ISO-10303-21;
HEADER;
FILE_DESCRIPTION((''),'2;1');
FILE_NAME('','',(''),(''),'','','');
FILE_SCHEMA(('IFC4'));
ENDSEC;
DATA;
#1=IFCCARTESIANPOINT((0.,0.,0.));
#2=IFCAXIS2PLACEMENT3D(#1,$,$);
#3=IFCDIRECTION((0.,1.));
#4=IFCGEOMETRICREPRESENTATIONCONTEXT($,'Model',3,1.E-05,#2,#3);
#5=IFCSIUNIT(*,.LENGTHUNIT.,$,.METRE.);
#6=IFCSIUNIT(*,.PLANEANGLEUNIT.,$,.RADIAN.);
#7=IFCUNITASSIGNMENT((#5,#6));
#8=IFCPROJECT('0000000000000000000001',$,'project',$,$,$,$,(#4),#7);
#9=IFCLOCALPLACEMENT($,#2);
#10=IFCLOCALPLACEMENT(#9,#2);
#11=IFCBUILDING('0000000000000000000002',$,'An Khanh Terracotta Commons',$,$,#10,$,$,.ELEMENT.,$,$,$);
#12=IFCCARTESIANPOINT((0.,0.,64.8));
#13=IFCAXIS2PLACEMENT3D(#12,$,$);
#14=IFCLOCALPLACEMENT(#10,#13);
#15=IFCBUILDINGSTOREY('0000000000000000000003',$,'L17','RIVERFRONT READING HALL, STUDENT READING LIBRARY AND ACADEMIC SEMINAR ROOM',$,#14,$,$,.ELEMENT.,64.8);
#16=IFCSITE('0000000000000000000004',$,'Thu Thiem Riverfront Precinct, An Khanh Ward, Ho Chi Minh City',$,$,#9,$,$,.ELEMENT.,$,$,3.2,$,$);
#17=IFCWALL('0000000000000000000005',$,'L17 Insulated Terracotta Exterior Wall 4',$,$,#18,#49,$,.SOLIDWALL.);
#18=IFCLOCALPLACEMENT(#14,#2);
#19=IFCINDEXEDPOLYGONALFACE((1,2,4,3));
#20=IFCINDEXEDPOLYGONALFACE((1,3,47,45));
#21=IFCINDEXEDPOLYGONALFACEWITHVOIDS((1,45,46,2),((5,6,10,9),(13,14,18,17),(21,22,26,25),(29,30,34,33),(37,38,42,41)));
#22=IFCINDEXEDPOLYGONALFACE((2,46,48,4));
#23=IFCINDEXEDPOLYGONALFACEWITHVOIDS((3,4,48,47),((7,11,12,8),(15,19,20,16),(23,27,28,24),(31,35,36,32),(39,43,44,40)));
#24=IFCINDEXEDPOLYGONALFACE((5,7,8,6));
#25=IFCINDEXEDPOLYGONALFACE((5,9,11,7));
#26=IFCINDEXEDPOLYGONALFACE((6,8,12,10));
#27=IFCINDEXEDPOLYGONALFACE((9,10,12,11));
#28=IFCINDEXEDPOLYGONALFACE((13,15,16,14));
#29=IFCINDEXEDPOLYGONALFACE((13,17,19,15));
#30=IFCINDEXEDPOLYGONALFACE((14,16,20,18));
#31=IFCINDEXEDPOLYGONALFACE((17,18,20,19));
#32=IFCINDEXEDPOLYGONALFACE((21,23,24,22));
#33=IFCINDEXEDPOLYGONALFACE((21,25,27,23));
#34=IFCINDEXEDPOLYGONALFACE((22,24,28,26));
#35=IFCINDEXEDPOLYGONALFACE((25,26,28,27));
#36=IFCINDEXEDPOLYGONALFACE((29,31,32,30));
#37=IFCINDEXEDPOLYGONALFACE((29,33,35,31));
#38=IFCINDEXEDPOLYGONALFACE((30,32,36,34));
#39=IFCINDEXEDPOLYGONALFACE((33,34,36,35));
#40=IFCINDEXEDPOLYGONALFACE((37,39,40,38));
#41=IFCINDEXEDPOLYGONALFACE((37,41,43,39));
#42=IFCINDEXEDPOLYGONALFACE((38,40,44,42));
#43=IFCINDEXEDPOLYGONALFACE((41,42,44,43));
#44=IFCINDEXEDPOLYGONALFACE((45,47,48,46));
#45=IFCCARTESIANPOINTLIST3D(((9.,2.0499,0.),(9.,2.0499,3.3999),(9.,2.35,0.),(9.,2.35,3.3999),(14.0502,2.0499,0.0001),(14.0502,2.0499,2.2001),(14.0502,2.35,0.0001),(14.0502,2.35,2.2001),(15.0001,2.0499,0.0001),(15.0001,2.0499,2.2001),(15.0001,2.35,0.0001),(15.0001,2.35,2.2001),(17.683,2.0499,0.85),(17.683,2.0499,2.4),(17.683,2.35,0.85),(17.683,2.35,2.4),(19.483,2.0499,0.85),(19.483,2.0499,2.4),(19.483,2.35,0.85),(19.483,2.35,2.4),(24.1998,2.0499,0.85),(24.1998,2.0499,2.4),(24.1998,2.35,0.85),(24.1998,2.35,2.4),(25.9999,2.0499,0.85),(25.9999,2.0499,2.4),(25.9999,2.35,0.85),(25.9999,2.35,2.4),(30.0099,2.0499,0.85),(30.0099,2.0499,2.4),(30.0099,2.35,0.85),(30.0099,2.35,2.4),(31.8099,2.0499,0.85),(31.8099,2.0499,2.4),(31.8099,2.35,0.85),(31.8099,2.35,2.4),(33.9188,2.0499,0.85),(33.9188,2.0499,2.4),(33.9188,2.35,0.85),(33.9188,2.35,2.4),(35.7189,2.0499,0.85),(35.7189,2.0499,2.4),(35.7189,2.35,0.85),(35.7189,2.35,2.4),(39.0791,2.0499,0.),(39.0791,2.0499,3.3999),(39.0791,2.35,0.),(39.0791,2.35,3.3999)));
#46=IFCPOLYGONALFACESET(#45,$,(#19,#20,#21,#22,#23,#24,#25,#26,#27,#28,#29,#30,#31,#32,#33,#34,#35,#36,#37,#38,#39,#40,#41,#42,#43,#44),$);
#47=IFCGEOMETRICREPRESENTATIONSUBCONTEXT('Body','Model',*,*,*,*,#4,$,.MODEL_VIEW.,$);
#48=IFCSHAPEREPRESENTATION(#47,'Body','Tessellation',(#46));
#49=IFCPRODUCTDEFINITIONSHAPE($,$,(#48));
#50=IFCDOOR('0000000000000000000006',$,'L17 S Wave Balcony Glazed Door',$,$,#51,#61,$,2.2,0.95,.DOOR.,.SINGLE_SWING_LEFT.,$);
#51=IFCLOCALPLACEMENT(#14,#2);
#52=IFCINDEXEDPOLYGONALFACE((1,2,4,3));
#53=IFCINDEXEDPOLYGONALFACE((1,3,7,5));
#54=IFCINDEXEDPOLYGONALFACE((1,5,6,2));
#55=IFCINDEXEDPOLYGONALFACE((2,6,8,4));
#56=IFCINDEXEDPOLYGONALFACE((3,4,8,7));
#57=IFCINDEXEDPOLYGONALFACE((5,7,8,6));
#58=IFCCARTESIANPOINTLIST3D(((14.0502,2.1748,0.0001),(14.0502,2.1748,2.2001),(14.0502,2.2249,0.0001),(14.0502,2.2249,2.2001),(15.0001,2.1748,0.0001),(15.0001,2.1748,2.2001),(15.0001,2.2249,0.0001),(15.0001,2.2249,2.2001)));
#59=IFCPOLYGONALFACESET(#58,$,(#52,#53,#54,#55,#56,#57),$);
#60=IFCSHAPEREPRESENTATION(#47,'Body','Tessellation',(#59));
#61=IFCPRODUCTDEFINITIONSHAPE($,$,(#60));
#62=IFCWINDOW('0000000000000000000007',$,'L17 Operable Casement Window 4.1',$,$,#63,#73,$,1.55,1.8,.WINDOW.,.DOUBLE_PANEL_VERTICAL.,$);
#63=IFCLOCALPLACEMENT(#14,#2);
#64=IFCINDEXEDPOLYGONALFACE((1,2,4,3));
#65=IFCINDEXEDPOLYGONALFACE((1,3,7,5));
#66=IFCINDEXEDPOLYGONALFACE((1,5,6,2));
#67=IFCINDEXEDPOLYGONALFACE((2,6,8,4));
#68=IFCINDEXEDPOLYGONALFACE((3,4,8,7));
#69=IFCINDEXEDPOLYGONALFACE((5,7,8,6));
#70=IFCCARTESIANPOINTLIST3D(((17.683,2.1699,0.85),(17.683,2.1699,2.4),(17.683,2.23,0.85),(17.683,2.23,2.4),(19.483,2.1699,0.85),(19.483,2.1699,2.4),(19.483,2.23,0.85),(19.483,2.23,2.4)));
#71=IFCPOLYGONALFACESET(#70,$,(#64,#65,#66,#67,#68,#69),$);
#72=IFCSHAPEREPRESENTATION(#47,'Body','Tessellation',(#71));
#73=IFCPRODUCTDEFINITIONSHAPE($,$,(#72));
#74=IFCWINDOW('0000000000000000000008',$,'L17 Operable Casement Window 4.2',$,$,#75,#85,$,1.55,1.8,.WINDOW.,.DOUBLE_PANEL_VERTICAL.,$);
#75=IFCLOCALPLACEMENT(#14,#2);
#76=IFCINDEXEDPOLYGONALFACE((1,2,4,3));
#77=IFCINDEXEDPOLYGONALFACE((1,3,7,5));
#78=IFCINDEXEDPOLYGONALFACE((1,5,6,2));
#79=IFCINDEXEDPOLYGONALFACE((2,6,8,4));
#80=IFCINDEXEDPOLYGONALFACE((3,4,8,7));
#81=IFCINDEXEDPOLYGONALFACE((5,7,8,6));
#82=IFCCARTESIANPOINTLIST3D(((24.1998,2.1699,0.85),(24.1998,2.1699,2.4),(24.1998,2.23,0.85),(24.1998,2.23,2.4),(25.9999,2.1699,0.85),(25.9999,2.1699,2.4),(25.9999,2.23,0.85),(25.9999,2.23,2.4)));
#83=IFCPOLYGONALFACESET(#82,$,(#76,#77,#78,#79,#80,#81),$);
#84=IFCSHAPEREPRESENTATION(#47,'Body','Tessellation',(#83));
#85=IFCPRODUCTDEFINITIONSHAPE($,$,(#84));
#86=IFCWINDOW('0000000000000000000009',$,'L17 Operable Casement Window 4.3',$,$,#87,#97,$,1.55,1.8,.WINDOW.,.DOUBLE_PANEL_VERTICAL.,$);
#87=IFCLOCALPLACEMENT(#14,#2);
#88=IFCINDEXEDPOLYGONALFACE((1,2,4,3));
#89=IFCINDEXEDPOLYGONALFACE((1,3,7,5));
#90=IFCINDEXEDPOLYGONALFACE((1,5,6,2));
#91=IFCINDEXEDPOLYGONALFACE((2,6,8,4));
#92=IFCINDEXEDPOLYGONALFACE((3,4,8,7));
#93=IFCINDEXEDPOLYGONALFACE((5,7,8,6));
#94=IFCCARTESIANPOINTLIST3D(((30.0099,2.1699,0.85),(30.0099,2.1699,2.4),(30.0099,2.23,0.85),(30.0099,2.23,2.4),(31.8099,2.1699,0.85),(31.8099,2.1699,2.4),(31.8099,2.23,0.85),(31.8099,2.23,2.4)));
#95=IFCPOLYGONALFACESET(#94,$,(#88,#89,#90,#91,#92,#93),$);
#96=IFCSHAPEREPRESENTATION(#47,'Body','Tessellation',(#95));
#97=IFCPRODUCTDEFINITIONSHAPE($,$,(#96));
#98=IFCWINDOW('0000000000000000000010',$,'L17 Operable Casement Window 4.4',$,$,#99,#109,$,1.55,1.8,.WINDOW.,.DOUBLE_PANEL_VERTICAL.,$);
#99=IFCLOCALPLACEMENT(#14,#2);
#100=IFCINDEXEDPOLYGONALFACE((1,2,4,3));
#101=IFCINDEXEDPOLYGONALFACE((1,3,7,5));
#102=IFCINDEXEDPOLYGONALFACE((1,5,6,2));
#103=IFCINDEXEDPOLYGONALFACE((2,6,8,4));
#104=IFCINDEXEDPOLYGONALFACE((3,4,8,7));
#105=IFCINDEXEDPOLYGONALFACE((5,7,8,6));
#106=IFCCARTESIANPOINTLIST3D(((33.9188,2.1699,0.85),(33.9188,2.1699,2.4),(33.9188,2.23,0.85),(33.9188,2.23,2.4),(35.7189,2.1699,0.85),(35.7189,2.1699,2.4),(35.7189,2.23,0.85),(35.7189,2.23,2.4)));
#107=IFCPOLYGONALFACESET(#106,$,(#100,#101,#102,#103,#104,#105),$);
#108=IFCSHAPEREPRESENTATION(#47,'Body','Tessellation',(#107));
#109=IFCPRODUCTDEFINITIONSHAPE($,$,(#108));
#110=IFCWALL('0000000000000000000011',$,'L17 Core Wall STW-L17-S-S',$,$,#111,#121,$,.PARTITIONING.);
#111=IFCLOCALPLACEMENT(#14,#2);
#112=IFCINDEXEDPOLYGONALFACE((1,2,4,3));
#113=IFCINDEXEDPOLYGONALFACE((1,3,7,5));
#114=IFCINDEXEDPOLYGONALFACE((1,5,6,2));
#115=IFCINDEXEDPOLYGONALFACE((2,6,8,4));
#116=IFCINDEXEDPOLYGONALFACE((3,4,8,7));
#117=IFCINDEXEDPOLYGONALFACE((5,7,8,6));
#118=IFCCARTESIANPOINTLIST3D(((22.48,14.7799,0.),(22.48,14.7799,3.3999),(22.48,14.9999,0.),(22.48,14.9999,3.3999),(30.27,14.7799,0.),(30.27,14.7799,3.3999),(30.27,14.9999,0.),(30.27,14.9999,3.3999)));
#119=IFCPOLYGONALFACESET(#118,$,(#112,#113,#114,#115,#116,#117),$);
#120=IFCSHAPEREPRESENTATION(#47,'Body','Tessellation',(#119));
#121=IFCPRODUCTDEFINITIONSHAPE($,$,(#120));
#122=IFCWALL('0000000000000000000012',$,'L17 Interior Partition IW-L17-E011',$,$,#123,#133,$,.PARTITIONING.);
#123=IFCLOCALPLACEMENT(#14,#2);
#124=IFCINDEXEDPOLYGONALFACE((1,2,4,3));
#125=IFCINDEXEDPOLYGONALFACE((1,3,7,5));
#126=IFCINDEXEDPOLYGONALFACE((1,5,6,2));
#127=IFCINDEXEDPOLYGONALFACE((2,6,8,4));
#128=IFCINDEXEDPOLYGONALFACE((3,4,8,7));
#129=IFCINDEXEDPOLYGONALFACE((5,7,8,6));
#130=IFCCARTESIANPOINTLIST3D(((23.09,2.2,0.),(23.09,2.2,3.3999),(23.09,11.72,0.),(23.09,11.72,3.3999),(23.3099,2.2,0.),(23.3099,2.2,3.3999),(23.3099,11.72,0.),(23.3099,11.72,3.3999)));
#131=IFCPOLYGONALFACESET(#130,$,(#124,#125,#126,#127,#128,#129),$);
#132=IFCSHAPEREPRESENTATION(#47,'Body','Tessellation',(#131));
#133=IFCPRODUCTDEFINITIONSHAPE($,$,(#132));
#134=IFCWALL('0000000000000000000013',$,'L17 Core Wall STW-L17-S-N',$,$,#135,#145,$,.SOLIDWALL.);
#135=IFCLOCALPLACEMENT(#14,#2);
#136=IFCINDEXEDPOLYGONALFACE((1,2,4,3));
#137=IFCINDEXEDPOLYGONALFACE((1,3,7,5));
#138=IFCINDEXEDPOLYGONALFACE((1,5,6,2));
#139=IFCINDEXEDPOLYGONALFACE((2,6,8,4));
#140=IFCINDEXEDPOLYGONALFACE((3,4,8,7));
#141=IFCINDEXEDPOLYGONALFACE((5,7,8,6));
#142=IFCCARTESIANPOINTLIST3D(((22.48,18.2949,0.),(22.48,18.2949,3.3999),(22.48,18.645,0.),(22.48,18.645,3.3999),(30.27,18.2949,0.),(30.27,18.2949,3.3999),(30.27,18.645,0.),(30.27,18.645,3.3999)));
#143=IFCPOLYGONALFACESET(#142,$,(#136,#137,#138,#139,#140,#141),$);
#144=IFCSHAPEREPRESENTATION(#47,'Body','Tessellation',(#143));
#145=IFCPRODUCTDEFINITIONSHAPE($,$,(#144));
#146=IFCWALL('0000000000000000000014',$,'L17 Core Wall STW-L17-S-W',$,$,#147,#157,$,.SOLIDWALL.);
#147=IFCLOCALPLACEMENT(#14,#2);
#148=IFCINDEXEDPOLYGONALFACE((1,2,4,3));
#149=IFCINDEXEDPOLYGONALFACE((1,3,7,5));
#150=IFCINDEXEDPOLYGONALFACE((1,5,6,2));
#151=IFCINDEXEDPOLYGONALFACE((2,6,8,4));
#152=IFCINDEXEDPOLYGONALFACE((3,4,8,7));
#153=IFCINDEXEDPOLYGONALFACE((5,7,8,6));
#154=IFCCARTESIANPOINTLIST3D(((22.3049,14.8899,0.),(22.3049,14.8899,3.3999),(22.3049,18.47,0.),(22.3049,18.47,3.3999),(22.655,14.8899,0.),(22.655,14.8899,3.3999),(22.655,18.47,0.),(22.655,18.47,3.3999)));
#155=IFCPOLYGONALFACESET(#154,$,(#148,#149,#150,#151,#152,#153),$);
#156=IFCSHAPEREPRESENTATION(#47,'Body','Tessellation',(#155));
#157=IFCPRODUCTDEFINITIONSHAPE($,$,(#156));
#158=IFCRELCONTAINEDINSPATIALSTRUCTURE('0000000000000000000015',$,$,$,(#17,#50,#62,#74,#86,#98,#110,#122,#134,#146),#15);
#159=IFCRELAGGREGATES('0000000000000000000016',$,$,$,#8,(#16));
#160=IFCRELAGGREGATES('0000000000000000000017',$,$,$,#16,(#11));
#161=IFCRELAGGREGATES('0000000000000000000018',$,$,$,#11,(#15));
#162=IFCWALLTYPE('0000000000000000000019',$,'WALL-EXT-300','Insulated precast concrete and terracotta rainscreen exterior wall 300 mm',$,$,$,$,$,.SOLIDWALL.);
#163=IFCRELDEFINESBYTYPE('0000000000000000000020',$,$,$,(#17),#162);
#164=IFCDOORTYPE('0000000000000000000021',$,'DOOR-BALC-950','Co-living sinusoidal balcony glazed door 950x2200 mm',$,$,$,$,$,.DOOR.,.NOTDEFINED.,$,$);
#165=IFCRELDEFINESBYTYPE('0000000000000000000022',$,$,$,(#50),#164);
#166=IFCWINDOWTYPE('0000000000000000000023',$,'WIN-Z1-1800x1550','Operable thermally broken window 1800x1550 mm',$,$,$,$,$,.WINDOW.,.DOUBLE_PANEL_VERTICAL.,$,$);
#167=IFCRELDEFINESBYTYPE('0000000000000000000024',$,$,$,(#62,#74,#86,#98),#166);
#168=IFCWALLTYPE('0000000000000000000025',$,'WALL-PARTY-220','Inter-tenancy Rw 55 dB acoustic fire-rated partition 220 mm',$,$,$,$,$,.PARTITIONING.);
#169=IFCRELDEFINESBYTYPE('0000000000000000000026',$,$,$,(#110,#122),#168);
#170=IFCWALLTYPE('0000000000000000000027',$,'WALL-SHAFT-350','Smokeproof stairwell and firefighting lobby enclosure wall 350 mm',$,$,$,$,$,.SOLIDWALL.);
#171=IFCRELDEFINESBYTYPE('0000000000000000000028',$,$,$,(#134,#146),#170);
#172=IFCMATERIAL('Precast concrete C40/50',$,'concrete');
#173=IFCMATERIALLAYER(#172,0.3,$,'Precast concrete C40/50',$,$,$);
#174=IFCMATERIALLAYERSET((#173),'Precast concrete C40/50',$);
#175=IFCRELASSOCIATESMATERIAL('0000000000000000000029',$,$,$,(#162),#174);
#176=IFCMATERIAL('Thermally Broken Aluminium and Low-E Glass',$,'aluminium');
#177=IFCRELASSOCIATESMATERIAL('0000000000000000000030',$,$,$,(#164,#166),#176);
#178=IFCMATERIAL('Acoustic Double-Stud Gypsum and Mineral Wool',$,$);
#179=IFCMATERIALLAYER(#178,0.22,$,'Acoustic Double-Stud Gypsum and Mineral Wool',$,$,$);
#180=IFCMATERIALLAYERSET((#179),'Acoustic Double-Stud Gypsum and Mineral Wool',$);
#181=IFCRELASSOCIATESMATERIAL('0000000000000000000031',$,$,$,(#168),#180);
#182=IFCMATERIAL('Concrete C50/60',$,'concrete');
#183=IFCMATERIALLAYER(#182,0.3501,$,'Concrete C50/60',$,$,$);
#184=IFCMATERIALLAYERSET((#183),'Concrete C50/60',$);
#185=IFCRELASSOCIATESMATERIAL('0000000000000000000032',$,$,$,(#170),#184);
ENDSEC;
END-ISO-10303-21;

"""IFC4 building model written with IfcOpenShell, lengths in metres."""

from ifc_helpers import new_model, si_unit, direction, frame, frame_2d, origin, place, context, subcontext, project, spatial, rectangle, extrude, material, layer, layer_set, type_object, element, fill, save


model = new_model("IFC4")

# Units and contexts
model_context = context("Model", 3, precision=1e-05, world=origin(), true_north=direction((0.0, 1.0)))
body_context = subcontext(model_context, "Body", "Model", "MODEL_VIEW")
ifc_project = project(units=[si_unit("LENGTHUNIT", "METRE"), si_unit("PLANEANGLEUNIT", "RADIAN")], contexts=[model_context])

# Site, building, storey
site_placement = place(None, origin())
site = spatial("IfcSite", under=ifc_project, at=site_placement, Name="Thu Thiem Riverfront Precinct, An Khanh Ward, Ho Chi Minh City", CompositionType="ELEMENT", RefElevation=3.2)
building_placement = place(site_placement, origin())
building = spatial("IfcBuilding", under=site, at=building_placement, Name="An Khanh Terracotta Commons", CompositionType="ELEMENT")
storey_placement = place(building_placement, frame((0.0, 0.0, 64.8)))
storey = spatial("IfcBuildingStorey", under=building, at=storey_placement, Name="L17", Description="RIVERFRONT READING HALL, STUDENT READING LIBRARY AND ACADEMIC SEMINAR ROOM", CompositionType="ELEMENT", Elevation=64.8)

# Shared definitions
ifc_material_1 = material(Name="Precast concrete C40/50", Category="concrete")
ifc_layer_1 = layer(ifc_material_1, 0.3, Name="Precast concrete C40/50")
ifc_layer_set_1 = layer_set([ifc_layer_1], Name="Precast concrete C40/50")
wall_type_1 = type_object("IfcWallType", Name="WALL-EXT-300", Description="Insulated precast concrete and terracotta rainscreen exterior wall 300 mm", PredefinedType="SOLIDWALL", material=ifc_layer_set_1)

# Wall, openings, door, windows
wall_1_placement = place(storey_placement, frame((9.0, 2.2, 0.0), z_axis=(0.0, 0.0, 1.0), x_axis=(1.0, 0.0, 0.0)))
wall_1 = element("IfcWall", 1, at=wall_1_placement, inside=storey, type_object=wall_type_1, Name="L17 Insulated Terracotta Exterior Wall 4", PredefinedType="SOLIDWALL", context=body_context, shape_type="SweptSolid", body=[
    extrude(rectangle(XDim=30.0791, YDim=0.3, at=frame_2d((15.0396, 0.0))), origin(), (0.0, 0.0, 1.0), 3.3999),
])
opening_1_placement = place(wall_1_placement, frame((5.05, 0.0, 0.0)))
opening_1 = element("IfcOpeningElement", 2, at=opening_1_placement, cuts=wall_1, PredefinedType="OPENING", context=body_context, shape_type="SweptSolid", body=[
    extrude(rectangle(XDim=0.95, YDim=2.2, at=frame_2d((0.4751, 1.1001))), frame((0.0, 0.1599, 0.0), z_axis=(0.0, -1.0, 0.0), x_axis=(1.0, 0.0, 0.0)), (0.0, 0.0, 1.0), 0.3201),
])
opening_2_placement = place(wall_1_placement, frame((8.6831, 0.0, 0.8501)))
opening_2 = element("IfcOpeningElement", 3, at=opening_2_placement, cuts=wall_1, PredefinedType="OPENING", context=body_context, shape_type="SweptSolid", body=[
    extrude(rectangle(XDim=1.8, YDim=1.55, at=frame_2d((0.8999, 0.7749))), frame((0.0, 0.1599, 0.0), z_axis=(0.0, -1.0, 0.0), x_axis=(1.0, 0.0, 0.0)), (0.0, 0.0, 1.0), 0.3201),
])
opening_3_placement = place(wall_1_placement, frame((15.2, 0.0, 0.8501)))
opening_3 = element("IfcOpeningElement", 4, at=opening_3_placement, cuts=wall_1, PredefinedType="OPENING", context=body_context, shape_type="SweptSolid", body=[
    extrude(rectangle(XDim=1.8, YDim=1.55, at=frame_2d((0.8999, 0.7749))), frame((0.0, 0.1599, 0.0), z_axis=(0.0, -1.0, 0.0), x_axis=(1.0, 0.0, 0.0)), (0.0, 0.0, 1.0), 0.3201),
])
opening_4_placement = place(wall_1_placement, frame((21.01, 0.0, 0.8501)))
opening_4 = element("IfcOpeningElement", 5, at=opening_4_placement, cuts=wall_1, PredefinedType="OPENING", context=body_context, shape_type="SweptSolid", body=[
    extrude(rectangle(XDim=1.8, YDim=1.55, at=frame_2d((0.8999, 0.7749))), frame((0.0, 0.1599, 0.0), z_axis=(0.0, -1.0, 0.0), x_axis=(1.0, 0.0, 0.0)), (0.0, 0.0, 1.0), 0.3201),
])
opening_5_placement = place(wall_1_placement, frame((24.9189, 0.0, 0.8501)))
opening_5 = element("IfcOpeningElement", 6, at=opening_5_placement, cuts=wall_1, PredefinedType="OPENING", context=body_context, shape_type="SweptSolid", body=[
    extrude(rectangle(XDim=1.8, YDim=1.55, at=frame_2d((0.8999, 0.7749))), frame((0.0, 0.1599, 0.0), z_axis=(0.0, -1.0, 0.0), x_axis=(1.0, 0.0, 0.0)), (0.0, 0.0, 1.0), 0.3201),
])
ifc_material_2 = material(Name="Thermally Broken Aluminium and Low-E Glass", Category="aluminium")
door_type_1 = type_object("IfcDoorType", Name="DOOR-BALC-950", Description="Co-living sinusoidal balcony glazed door 950x2200 mm", OperationType="NOTDEFINED", PredefinedType="DOOR", material=ifc_material_2)
door_1_placement = place(opening_1_placement, origin())
door_1 = element("IfcDoor", 7, at=door_1_placement, inside=storey, type_object=door_type_1, Name="L17 S Wave Balcony Glazed Door", OperationType="SINGLE_SWING_LEFT", OverallHeight=2.2, OverallWidth=0.95, PredefinedType="DOOR", context=body_context, shape_type="SweptSolid", body=[
    extrude(rectangle(XDim=0.95, YDim=2.2, at=frame_2d((0.4751, 1.1001))), frame((0.0, 0.0249, 0.0), z_axis=(0.0, -1.0, 0.0), x_axis=(1.0, 0.0, 0.0)), (0.0, 0.0, 1.0), 0.05),
])
fill(opening_1, door_1)
window_type = type_object("IfcWindowType", Name="WIN-Z1-1800x1550", Description="Operable thermally broken window 1800x1550 mm", PartitioningType="DOUBLE_PANEL_VERTICAL", PredefinedType="WINDOW", material=ifc_material_2)
window_1_placement = place(opening_2_placement, origin())
window_1 = element("IfcWindow", 8, at=window_1_placement, inside=storey, type_object=window_type, Name="L17 Operable Casement Window 4.1", OverallHeight=1.55, OverallWidth=1.8, PartitioningType="DOUBLE_PANEL_VERTICAL", PredefinedType="WINDOW", context=body_context, shape_type="SweptSolid", body=[
    extrude(rectangle(XDim=1.8, YDim=1.55, at=frame_2d((0.8999, 0.7749))), frame((0.0, 0.03, 0.0), z_axis=(0.0, -1.0, 0.0), x_axis=(1.0, 0.0, 0.0)), (0.0, 0.0, 1.0), 0.0601),
])
fill(opening_2, window_1)
window_2_placement = place(opening_3_placement, origin())
window_2 = element("IfcWindow", 9, at=window_2_placement, inside=storey, type_object=window_type, Name="L17 Operable Casement Window 4.2", OverallHeight=1.55, OverallWidth=1.8, PartitioningType="DOUBLE_PANEL_VERTICAL", PredefinedType="WINDOW", context=body_context, shape_type="SweptSolid", body=[
    extrude(rectangle(XDim=1.8, YDim=1.55, at=frame_2d((0.8999, 0.7749))), frame((0.0, 0.03, 0.0), z_axis=(0.0, -1.0, 0.0), x_axis=(1.0, 0.0, 0.0)), (0.0, 0.0, 1.0), 0.0601),
])
fill(opening_3, window_2)
window_3_placement = place(opening_4_placement, origin())
window_3 = element("IfcWindow", 10, at=window_3_placement, inside=storey, type_object=window_type, Name="L17 Operable Casement Window 4.3", OverallHeight=1.55, OverallWidth=1.8, PartitioningType="DOUBLE_PANEL_VERTICAL", PredefinedType="WINDOW", context=body_context, shape_type="SweptSolid", body=[
    extrude(rectangle(XDim=1.8, YDim=1.55, at=frame_2d((0.8999, 0.7749))), frame((0.0, 0.03, 0.0), z_axis=(0.0, -1.0, 0.0), x_axis=(1.0, 0.0, 0.0)), (0.0, 0.0, 1.0), 0.0601),
])
fill(opening_4, window_3)
window_4_placement = place(opening_5_placement, origin())
window_4 = element("IfcWindow", 11, at=window_4_placement, inside=storey, type_object=window_type, Name="L17 Operable Casement Window 4.4", OverallHeight=1.55, OverallWidth=1.8, PartitioningType="DOUBLE_PANEL_VERTICAL", PredefinedType="WINDOW", context=body_context, shape_type="SweptSolid", body=[
    extrude(rectangle(XDim=1.8, YDim=1.55, at=frame_2d((0.8999, 0.7749))), frame((0.0, 0.03, 0.0), z_axis=(0.0, -1.0, 0.0), x_axis=(1.0, 0.0, 0.0)), (0.0, 0.0, 1.0), 0.0601),
])
fill(opening_5, window_4)

# Walls
ifc_material_3 = material(Name="Acoustic Double-Stud Gypsum and Mineral Wool")
ifc_layer_2 = layer(ifc_material_3, 0.22, Name="Acoustic Double-Stud Gypsum and Mineral Wool")
ifc_layer_set_2 = layer_set([ifc_layer_2], Name="Acoustic Double-Stud Gypsum and Mineral Wool")
wall_type_2 = type_object("IfcWallType", Name="WALL-PARTY-220", Description="Inter-tenancy Rw 55 dB acoustic fire-rated partition 220 mm", PredefinedType="PARTITIONING", material=ifc_layer_set_2)
wall_2_placement = place(storey_placement, frame((22.48, 14.8899, 0.0), z_axis=(0.0, 0.0, 1.0), x_axis=(1.0, 0.0, 0.0)))
element("IfcWall", 12, at=wall_2_placement, inside=storey, type_object=wall_type_2, Name="L17 Core Wall STW-L17-S-S", PredefinedType="PARTITIONING", context=body_context, shape_type="SweptSolid", body=[
    extrude(rectangle(XDim=7.79, YDim=0.22, at=frame_2d((3.895, 0.0))), origin(), (0.0, 0.0, 1.0), 3.3999),
])
wall_3_placement = place(storey_placement, frame((23.2, 2.2, 0.0), z_axis=(0.0, 0.0, 1.0), x_axis=(0.0, 1.0, 0.0)))
element("IfcWall", 13, at=wall_3_placement, inside=storey, type_object=wall_type_2, Name="L17 Interior Partition IW-L17-E011", PredefinedType="PARTITIONING", context=body_context, shape_type="SweptSolid", body=[
    extrude(rectangle(XDim=9.52, YDim=0.22, at=frame_2d((4.76, 0.0))), origin(), (0.0, 0.0, 1.0), 3.3999),
])
ifc_material_4 = material(Name="Concrete C50/60", Category="concrete")
ifc_layer_3 = layer(ifc_material_4, 0.3501, Name="Concrete C50/60")
ifc_layer_set_3 = layer_set([ifc_layer_3], Name="Concrete C50/60")
wall_type_3 = type_object("IfcWallType", Name="WALL-SHAFT-350", Description="Smokeproof stairwell and firefighting lobby enclosure wall 350 mm", PredefinedType="SOLIDWALL", material=ifc_layer_set_3)
wall_4_placement = place(storey_placement, frame((22.48, 18.47, 0.0), z_axis=(0.0, 0.0, 1.0), x_axis=(1.0, 0.0, 0.0)))
element("IfcWall", 14, at=wall_4_placement, inside=storey, type_object=wall_type_3, Name="L17 Core Wall STW-L17-S-N", PredefinedType="SOLIDWALL", context=body_context, shape_type="SweptSolid", body=[
    extrude(rectangle(XDim=7.79, YDim=0.3501, at=frame_2d((3.895, 0.0))), origin(), (0.0, 0.0, 1.0), 3.3999),
])
wall_5_placement = place(storey_placement, frame((22.48, 14.8899, 0.0), z_axis=(0.0, 0.0, 1.0), x_axis=(0.0, 1.0, 0.0)))
element("IfcWall", 15, at=wall_5_placement, inside=storey, type_object=wall_type_3, Name="L17 Core Wall STW-L17-S-W", PredefinedType="SOLIDWALL", context=body_context, shape_type="SweptSolid", body=[
    extrude(rectangle(XDim=3.5801, YDim=0.3501, at=frame_2d((1.79, 0.0))), origin(), (0.0, 0.0, 1.0), 3.3999),
])

save(model, "model.ifc")
